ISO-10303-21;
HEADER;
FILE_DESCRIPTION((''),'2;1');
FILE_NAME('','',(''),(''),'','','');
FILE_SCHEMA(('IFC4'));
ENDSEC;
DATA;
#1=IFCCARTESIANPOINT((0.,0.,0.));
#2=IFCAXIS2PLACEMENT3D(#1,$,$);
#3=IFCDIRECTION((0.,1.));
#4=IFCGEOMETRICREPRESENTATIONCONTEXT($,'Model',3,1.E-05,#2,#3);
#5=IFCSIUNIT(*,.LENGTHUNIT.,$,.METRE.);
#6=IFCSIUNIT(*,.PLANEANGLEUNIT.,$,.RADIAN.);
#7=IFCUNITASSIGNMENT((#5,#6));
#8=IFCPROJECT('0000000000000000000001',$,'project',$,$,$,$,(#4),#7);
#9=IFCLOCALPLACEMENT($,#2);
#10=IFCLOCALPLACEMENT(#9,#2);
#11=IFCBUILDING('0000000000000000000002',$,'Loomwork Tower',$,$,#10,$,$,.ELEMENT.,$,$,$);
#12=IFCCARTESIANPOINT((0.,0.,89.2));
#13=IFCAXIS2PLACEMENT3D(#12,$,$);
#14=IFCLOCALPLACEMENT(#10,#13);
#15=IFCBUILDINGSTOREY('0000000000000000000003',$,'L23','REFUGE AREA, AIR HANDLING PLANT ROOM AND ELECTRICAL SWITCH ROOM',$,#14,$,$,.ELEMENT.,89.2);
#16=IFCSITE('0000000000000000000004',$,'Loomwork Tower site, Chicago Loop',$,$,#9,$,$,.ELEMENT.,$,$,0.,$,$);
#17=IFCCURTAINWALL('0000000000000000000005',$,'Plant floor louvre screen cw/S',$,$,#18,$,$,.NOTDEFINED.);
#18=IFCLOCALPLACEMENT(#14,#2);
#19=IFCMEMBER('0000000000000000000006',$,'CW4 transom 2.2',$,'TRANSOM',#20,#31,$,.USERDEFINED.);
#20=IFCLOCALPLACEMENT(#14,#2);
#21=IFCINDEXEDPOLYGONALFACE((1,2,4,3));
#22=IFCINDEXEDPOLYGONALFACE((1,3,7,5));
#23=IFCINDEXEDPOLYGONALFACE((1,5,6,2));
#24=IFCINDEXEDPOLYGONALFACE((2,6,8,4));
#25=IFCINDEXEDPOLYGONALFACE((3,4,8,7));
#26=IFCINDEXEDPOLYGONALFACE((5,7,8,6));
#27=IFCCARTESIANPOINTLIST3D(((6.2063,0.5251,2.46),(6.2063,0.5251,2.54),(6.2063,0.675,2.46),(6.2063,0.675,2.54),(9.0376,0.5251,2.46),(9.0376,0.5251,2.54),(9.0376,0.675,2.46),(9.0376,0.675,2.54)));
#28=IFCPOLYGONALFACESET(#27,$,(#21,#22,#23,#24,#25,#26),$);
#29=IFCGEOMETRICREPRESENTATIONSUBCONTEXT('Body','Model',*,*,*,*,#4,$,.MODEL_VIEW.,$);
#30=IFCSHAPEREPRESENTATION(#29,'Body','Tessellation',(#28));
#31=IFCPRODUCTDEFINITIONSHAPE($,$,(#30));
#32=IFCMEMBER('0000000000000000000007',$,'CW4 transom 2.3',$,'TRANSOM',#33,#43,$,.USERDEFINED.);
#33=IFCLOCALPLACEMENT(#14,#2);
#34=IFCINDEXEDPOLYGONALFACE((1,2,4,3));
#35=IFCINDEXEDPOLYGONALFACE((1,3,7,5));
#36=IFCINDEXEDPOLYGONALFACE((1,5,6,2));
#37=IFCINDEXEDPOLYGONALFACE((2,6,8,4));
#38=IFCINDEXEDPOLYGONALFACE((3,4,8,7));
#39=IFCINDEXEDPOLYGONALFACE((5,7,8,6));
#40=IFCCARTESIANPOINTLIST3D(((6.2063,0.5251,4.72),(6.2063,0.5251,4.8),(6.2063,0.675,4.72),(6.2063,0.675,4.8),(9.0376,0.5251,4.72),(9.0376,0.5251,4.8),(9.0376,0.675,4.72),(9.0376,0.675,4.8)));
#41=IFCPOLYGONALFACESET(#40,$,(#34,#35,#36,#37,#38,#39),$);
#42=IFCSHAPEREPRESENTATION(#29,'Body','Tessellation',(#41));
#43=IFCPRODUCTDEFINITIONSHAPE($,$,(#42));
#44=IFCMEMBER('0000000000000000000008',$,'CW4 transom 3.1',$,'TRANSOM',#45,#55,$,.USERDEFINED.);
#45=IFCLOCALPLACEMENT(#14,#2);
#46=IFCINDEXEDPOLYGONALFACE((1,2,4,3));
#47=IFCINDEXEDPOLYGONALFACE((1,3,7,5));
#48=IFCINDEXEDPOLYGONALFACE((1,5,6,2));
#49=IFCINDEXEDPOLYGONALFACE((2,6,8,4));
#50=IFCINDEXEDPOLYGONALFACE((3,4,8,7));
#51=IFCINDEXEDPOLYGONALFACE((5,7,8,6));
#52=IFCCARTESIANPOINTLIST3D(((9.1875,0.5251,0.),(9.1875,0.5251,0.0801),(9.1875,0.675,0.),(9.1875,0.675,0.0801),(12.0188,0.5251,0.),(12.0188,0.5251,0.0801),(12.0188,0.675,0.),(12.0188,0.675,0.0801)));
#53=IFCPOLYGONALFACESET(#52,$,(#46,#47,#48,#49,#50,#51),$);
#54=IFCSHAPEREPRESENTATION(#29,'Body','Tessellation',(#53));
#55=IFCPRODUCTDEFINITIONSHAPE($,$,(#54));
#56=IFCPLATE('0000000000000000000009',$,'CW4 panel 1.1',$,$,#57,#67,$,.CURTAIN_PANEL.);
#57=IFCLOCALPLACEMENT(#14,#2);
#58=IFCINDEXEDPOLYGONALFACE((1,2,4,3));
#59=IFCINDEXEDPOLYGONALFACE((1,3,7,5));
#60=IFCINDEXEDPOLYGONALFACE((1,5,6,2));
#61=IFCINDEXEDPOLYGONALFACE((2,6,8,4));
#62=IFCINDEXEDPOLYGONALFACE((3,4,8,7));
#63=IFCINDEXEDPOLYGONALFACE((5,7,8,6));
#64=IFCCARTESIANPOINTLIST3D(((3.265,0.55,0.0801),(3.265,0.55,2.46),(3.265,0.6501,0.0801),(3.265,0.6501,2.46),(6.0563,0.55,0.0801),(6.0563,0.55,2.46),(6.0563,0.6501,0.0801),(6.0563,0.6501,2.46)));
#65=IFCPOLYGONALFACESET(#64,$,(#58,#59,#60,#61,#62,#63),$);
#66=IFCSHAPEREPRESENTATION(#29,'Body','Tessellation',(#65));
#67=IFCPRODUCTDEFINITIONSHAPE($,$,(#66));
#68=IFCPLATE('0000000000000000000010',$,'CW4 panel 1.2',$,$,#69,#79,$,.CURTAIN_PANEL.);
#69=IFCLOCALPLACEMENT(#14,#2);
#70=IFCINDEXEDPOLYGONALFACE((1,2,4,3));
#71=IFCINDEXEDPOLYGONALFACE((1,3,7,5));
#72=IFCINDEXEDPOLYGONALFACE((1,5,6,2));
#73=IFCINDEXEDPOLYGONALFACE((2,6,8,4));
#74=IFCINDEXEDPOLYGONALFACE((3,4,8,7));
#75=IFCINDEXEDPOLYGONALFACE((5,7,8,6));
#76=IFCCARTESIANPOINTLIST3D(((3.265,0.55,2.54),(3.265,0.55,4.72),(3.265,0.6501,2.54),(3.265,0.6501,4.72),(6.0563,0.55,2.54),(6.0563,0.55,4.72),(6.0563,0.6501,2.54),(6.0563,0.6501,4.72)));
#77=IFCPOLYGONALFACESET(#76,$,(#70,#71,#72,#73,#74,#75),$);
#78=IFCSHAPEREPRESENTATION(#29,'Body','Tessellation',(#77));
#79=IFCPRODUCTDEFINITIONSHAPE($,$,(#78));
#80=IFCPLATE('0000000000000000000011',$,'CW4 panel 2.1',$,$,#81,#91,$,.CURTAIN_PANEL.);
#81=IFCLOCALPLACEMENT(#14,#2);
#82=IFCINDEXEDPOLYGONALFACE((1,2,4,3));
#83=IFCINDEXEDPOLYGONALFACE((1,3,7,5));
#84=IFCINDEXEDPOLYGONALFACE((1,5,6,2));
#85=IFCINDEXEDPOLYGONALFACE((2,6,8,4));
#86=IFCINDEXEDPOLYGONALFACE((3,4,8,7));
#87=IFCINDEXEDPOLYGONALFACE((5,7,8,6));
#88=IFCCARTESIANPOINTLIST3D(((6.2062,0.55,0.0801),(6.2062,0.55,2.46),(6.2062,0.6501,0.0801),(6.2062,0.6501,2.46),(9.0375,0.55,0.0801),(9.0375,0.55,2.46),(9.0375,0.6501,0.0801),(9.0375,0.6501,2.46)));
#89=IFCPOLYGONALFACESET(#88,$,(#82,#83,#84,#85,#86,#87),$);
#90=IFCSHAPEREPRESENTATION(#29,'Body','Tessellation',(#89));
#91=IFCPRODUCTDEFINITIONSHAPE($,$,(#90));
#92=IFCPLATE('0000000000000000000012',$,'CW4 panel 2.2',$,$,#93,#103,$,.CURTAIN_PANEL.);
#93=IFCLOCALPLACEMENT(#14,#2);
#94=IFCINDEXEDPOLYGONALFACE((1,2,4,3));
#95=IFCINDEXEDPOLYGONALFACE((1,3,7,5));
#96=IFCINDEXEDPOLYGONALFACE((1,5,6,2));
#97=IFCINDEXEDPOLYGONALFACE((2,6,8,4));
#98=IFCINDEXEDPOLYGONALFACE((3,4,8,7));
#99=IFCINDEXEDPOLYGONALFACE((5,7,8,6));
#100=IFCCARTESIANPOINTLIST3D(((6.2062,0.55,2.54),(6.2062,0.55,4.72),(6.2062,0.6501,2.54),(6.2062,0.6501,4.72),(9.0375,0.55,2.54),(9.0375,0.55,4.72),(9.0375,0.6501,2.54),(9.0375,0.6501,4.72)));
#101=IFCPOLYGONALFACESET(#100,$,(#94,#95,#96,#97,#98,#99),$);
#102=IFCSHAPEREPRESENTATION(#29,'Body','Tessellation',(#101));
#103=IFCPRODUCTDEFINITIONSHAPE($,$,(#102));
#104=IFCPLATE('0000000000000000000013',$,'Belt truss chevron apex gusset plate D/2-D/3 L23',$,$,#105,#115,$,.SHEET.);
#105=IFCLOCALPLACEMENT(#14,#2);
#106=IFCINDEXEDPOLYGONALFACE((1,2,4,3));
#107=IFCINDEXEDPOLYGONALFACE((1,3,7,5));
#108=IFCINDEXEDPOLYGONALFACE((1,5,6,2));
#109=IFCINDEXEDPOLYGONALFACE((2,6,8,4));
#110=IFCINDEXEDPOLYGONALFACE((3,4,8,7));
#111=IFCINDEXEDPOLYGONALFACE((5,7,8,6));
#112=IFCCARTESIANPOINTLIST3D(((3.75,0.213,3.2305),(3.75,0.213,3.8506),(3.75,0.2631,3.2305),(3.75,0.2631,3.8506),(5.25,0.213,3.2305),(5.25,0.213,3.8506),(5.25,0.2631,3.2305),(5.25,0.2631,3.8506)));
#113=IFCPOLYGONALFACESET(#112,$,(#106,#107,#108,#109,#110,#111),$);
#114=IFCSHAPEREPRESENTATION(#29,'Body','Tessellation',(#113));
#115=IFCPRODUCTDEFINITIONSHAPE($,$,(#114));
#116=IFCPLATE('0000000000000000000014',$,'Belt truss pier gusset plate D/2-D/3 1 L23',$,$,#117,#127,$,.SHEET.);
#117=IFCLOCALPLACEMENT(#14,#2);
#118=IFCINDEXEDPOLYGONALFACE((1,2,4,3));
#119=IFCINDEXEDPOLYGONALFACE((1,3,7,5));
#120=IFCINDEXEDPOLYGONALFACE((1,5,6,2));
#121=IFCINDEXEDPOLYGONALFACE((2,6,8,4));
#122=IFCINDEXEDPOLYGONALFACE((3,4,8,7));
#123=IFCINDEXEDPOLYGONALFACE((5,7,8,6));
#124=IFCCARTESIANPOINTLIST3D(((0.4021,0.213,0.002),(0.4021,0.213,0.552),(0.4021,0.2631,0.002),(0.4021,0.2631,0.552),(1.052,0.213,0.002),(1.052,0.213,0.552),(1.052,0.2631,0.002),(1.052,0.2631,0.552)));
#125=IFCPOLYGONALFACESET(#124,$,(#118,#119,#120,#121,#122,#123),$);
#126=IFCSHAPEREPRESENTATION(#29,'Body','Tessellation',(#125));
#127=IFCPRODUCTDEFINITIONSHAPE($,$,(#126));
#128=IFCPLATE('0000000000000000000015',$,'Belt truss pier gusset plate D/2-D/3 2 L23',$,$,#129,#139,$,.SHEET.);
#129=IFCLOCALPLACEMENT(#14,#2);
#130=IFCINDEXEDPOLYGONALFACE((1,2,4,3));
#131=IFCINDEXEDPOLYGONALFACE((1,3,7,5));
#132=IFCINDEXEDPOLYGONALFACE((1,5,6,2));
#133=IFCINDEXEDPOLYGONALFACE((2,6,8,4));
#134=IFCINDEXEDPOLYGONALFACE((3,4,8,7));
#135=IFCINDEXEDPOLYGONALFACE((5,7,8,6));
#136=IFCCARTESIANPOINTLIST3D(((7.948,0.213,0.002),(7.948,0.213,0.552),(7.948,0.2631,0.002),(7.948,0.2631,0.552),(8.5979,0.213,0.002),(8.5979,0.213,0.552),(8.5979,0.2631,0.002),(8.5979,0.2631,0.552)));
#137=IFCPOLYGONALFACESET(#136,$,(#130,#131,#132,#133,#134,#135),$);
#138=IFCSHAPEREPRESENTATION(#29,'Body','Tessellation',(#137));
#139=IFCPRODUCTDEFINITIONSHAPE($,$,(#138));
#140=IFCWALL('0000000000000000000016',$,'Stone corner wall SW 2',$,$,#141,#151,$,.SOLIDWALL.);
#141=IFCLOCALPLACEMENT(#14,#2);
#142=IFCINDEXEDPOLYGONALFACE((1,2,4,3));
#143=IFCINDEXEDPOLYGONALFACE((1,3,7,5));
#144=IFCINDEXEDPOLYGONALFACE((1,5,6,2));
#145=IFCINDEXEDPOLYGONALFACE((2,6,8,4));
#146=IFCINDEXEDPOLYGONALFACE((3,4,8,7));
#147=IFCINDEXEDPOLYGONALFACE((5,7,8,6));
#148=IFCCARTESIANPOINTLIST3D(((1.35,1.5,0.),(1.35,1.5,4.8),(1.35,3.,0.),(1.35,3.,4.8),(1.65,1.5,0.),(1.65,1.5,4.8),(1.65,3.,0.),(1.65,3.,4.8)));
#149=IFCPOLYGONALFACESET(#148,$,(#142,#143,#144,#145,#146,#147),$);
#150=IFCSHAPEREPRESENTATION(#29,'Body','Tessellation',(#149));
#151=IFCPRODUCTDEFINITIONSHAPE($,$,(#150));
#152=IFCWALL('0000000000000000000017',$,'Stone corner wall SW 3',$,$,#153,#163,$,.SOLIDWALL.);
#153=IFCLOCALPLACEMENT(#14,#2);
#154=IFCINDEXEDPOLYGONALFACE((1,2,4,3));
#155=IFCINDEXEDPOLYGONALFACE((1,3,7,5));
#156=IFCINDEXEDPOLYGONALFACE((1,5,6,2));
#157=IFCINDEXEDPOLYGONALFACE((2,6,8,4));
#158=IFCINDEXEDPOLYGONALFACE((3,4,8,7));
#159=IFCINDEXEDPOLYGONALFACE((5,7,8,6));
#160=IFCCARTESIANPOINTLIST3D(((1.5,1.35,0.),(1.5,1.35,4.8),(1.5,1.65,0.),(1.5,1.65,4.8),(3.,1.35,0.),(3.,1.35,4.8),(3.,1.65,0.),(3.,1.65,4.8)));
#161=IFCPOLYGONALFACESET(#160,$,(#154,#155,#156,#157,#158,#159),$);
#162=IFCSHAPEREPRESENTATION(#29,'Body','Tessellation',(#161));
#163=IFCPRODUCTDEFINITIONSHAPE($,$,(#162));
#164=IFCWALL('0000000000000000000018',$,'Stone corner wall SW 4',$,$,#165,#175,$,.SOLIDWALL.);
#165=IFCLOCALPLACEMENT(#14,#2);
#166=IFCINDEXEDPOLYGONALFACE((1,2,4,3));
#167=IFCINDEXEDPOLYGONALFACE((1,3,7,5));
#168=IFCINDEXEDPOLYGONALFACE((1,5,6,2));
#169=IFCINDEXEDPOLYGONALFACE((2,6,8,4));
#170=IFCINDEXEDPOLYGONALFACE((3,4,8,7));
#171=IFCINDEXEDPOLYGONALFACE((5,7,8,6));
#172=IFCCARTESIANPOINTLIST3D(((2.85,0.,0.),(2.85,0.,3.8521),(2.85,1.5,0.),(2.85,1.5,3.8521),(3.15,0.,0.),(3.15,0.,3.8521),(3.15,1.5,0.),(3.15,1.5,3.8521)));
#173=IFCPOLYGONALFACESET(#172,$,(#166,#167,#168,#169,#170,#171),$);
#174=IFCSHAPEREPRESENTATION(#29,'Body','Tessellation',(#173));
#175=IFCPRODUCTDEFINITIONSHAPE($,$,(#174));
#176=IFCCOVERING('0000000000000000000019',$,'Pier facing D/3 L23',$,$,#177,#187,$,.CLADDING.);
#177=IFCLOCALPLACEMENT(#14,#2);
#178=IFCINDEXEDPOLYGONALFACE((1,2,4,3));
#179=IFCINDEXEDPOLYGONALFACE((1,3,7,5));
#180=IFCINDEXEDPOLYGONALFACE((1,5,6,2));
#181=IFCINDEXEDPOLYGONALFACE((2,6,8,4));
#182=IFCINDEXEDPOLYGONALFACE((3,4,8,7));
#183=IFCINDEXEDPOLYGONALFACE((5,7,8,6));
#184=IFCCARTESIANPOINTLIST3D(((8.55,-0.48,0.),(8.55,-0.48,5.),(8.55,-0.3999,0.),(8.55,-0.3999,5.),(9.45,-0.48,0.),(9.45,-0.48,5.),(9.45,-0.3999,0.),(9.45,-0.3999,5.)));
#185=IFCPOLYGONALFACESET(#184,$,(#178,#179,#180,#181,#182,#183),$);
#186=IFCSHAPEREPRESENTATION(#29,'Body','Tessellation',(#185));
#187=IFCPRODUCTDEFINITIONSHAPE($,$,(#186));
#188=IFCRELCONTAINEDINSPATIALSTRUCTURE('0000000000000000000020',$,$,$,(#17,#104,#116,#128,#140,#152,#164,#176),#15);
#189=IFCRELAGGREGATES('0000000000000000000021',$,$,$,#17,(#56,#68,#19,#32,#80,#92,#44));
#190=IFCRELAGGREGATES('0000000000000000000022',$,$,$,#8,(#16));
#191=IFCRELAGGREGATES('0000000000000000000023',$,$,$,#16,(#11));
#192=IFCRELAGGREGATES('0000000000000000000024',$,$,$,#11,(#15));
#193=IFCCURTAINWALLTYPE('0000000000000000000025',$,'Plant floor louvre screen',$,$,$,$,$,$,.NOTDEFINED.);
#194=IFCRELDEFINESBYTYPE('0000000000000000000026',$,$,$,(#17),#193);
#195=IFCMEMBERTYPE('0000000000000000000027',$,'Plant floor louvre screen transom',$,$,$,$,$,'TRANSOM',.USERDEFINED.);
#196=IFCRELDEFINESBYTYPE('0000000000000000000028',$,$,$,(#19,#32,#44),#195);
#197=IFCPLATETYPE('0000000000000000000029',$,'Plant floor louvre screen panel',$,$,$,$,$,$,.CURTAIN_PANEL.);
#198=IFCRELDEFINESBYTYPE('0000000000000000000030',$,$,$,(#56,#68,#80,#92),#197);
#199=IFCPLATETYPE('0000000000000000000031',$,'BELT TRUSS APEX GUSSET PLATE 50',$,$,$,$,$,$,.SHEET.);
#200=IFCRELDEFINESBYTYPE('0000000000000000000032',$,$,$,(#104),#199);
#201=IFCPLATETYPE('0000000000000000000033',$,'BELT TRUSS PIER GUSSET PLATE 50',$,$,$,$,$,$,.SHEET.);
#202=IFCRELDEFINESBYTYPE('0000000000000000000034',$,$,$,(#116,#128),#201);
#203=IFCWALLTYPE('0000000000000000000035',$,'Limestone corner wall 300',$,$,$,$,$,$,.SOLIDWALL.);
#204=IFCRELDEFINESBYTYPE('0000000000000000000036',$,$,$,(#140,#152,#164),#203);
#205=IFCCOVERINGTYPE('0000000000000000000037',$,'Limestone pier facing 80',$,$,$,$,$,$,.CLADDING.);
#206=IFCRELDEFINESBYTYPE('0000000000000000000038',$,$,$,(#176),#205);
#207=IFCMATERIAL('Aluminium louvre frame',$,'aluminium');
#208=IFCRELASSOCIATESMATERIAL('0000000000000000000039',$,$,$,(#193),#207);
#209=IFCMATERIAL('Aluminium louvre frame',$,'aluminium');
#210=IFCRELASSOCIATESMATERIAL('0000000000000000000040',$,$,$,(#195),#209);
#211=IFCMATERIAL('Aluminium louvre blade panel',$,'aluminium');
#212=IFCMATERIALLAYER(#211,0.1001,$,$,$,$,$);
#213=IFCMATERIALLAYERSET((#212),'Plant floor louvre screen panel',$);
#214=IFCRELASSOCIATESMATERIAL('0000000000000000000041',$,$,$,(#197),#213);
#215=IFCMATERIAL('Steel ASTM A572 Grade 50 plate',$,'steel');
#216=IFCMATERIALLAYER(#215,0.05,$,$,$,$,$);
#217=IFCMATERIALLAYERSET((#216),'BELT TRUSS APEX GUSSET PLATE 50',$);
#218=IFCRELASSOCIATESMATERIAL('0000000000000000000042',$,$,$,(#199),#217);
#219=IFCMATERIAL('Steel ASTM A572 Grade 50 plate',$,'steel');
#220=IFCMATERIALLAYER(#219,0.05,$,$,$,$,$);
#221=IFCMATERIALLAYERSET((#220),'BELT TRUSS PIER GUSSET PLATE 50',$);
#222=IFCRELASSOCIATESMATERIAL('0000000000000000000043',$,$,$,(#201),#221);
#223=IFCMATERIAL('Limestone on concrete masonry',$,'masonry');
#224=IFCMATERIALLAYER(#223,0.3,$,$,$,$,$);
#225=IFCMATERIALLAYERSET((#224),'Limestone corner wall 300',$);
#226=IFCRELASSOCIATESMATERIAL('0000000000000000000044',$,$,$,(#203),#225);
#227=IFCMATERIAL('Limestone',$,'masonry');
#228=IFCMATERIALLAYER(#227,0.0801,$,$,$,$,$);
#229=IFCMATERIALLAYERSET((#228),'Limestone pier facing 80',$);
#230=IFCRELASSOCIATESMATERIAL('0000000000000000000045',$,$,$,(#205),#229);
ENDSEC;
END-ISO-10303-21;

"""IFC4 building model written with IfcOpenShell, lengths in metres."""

from ifc_helpers import new_model, si_unit, direction, frame, frame_2d, origin, origin_2d, place, context, subcontext, project, spatial, rectangle, extrude, material, layer, layer_set, material_profile, profile_set, type_object, element, aggregate, save


model = new_model("IFC4")

# Units and contexts
model_context = context("Model", 3, precision=1e-05, world=origin(), true_north=direction((0.0, 1.0)))
body_context = subcontext(model_context, "Body", "Model", "MODEL_VIEW")
ifc_project = project(units=[si_unit("LENGTHUNIT", "METRE"), si_unit("PLANEANGLEUNIT", "RADIAN")], contexts=[model_context])

# Site, building, storey
site_placement = place(None, origin())
site = spatial("IfcSite", under=ifc_project, at=site_placement, Name="Loomwork Tower site, Chicago Loop", CompositionType="ELEMENT", RefElevation=0.0)
building_placement = place(site_placement, origin())
building = spatial("IfcBuilding", under=site, at=building_placement, Name="Loomwork Tower", CompositionType="ELEMENT")
storey_placement = place(building_placement, frame((0.0, 0.0, 89.2)))
storey = spatial("IfcBuildingStorey", under=building, at=storey_placement, Name="L23", Description="REFUGE AREA, AIR HANDLING PLANT ROOM AND ELECTRICAL SWITCH ROOM", CompositionType="ELEMENT", Elevation=89.2)

# Curtain wall, members, plates
ifc_material_1 = material(Name="Aluminium louvre frame", Category="aluminium")
curtain_wall_type = type_object("IfcCurtainWallType", Name="Plant floor louvre screen", PredefinedType="NOTDEFINED", material=ifc_material_1)
curtain_wall_placement = place(storey_placement, origin())
curtain_wall = element("IfcCurtainWall", 1, at=curtain_wall_placement, inside=storey, type_object=curtain_wall_type, Name="Plant floor louvre screen cw/S", PredefinedType="NOTDEFINED")
ifc_material_2 = material(Name="Aluminium louvre frame", Category="aluminium")
ifc_material_profile_1 = material_profile(ifc_material_2, rectangle(XDim=0.1499, YDim=0.0801, at=origin_2d()), Name="AL 80x150")
ifc_profile_set_1 = profile_set([ifc_material_profile_1], Name="Aluminium louvre frame")
member_type_1 = type_object("IfcMemberType", Name="Plant floor louvre screen transom", ElementType="TRANSOM", PredefinedType="USERDEFINED", material=ifc_profile_set_1)
member_1_placement = place(storey_placement, frame((6.2063, 0.6001, 2.5), z_axis=(1.0, 0.0, 0.0), x_axis=(0.0, 1.0, 0.0)))
member_1 = element("IfcMember", 2, at=member_1_placement, type_object=member_type_1, Name="CW4 transom 2.2", ObjectType="TRANSOM", PredefinedType="USERDEFINED", context=body_context, shape_type="SweptSolid", body=[
    extrude(rectangle(XDim=0.1499, YDim=0.0801, at=origin_2d()), origin(), (0.0, 0.0, 1.0), 2.8313),
])
member_2_placement = place(storey_placement, frame((6.2063, 0.6001, 4.76), z_axis=(1.0, 0.0, 0.0), x_axis=(0.0, 1.0, 0.0)))
member_2 = element("IfcMember", 3, at=member_2_placement, type_object=member_type_1, Name="CW4 transom 2.3", ObjectType="TRANSOM", PredefinedType="USERDEFINED", context=body_context, shape_type="SweptSolid", body=[
    extrude(rectangle(XDim=0.1499, YDim=0.0801, at=origin_2d()), origin(), (0.0, 0.0, 1.0), 2.8313),
])
member_3_placement = place(storey_placement, frame((9.1875, 0.6001, 0.04), z_axis=(1.0, 0.0, 0.0), x_axis=(0.0, 1.0, 0.0)))
member_3 = element("IfcMember", 4, at=member_3_placement, type_object=member_type_1, Name="CW4 transom 3.1", ObjectType="TRANSOM", PredefinedType="USERDEFINED", context=body_context, shape_type="SweptSolid", body=[
    extrude(rectangle(XDim=0.1499, YDim=0.0801, at=origin_2d()), origin(), (0.0, 0.0, 1.0), 2.8313),
])
ifc_material_3 = material(Name="Aluminium louvre blade panel", Category="aluminium")
ifc_layer_1 = layer(ifc_material_3, 0.1001)
ifc_layer_set_1 = layer_set([ifc_layer_1], Name="Plant floor louvre screen panel")
plate_type_1 = type_object("IfcPlateType", Name="Plant floor louvre screen panel", PredefinedType="CURTAIN_PANEL", material=ifc_layer_set_1)
plate_1_placement = place(storey_placement, frame((4.6606, 0.6001, 0.0801), z_axis=(0.0, 0.0, 1.0), x_axis=(1.0, 0.0, 0.0)))
plate_1 = element("IfcPlate", 5, at=plate_1_placement, type_object=plate_type_1, Name="CW4 panel 1.1", PredefinedType="CURTAIN_PANEL", context=body_context, shape_type="SweptSolid", body=[
    extrude(rectangle(XDim=2.7913, YDim=0.1001, at=origin_2d()), origin(), (0.0, 0.0, 1.0), 2.3799),
])
plate_2_placement = place(storey_placement, frame((4.6606, 0.6001, 2.54), z_axis=(0.0, 0.0, 1.0), x_axis=(1.0, 0.0, 0.0)))
plate_2 = element("IfcPlate", 6, at=plate_2_placement, type_object=plate_type_1, Name="CW4 panel 1.2", PredefinedType="CURTAIN_PANEL", context=body_context, shape_type="SweptSolid", body=[
    extrude(rectangle(XDim=2.7913, YDim=0.1001, at=origin_2d()), origin(), (0.0, 0.0, 1.0), 2.1799),
])
plate_3_placement = place(storey_placement, frame((7.6218, 0.6001, 0.0801), z_axis=(0.0, 0.0, 1.0), x_axis=(1.0, 0.0, 0.0)))
plate_3 = element("IfcPlate", 7, at=plate_3_placement, type_object=plate_type_1, Name="CW4 panel 2.1", PredefinedType="CURTAIN_PANEL", context=body_context, shape_type="SweptSolid", body=[
    extrude(rectangle(XDim=2.8313, YDim=0.1001, at=origin_2d()), origin(), (0.0, 0.0, 1.0), 2.3799),
])
plate_4_placement = place(storey_placement, frame((7.6218, 0.6001, 2.54), z_axis=(0.0, 0.0, 1.0), x_axis=(1.0, 0.0, 0.0)))
plate_4 = element("IfcPlate", 8, at=plate_4_placement, type_object=plate_type_1, Name="CW4 panel 2.2", PredefinedType="CURTAIN_PANEL", context=body_context, shape_type="SweptSolid", body=[
    extrude(rectangle(XDim=2.8313, YDim=0.1001, at=origin_2d()), origin(), (0.0, 0.0, 1.0), 2.1799),
])
aggregate(curtain_wall, [plate_1, plate_2, member_1, member_2, plate_3, plate_4, member_3])

# Plates
ifc_material_4 = material(Name="Steel ASTM A572 Grade 50 plate", Category="steel")
ifc_layer_2 = layer(ifc_material_4, 0.05)
ifc_layer_set_2 = layer_set([ifc_layer_2], Name="BELT TRUSS APEX GUSSET PLATE 50")
plate_type_2 = type_object("IfcPlateType", Name="BELT TRUSS APEX GUSSET PLATE 50", PredefinedType="SHEET", material=ifc_layer_set_2)
plate_5_placement = place(storey_placement, frame((4.5, 0.238, 3.2305), z_axis=(0.0, 0.0, 1.0), x_axis=(1.0, 0.0, 0.0)))
element("IfcPlate", 9, at=plate_5_placement, inside=storey, type_object=plate_type_2, Name="Belt truss chevron apex gusset plate D/2-D/3 L23", PredefinedType="SHEET", context=body_context, shape_type="SweptSolid", body=[
    extrude(rectangle(XDim=1.5, YDim=0.05, at=origin_2d()), origin(), (0.0, 0.0, 1.0), 0.6201),
])
ifc_material_5 = material(Name="Steel ASTM A572 Grade 50 plate", Category="steel")
ifc_layer_3 = layer(ifc_material_5, 0.05)
ifc_layer_set_3 = layer_set([ifc_layer_3], Name="BELT TRUSS PIER GUSSET PLATE 50")
plate_type_3 = type_object("IfcPlateType", Name="BELT TRUSS PIER GUSSET PLATE 50", PredefinedType="SHEET", material=ifc_layer_set_3)
for number, where, z_axis, x_axis, name in (
    (10, (0.7271, 0.238, 0.002), (0.0, 0.0, 1.0), (1.0, 0.0, 0.0), "Belt truss pier gusset plate D/2-D/3 1 L23"),
    (11, (8.2729, 0.238, 0.002), (0.0, 0.0, 1.0), (1.0, 0.0, 0.0), "Belt truss pier gusset plate D/2-D/3 2 L23"),
):
    element("IfcPlate", number, at=place(storey_placement, frame(where, z_axis=z_axis, x_axis=x_axis)), inside=storey, type_object=plate_type_3, Name=name, PredefinedType="SHEET", context=body_context, shape_type="SweptSolid", body=[
        extrude(rectangle(XDim=0.6499, YDim=0.05, at=origin_2d()), origin(), (0.0, 0.0, 1.0), 0.55),
    ])

# Walls
ifc_material_6 = material(Name="Limestone on concrete masonry", Category="masonry")
ifc_layer_4 = layer(ifc_material_6, 0.3)
ifc_layer_set_4 = layer_set([ifc_layer_4], Name="Limestone corner wall 300")
wall_type = type_object("IfcWallType", Name="Limestone corner wall 300", PredefinedType="SOLIDWALL", material=ifc_layer_set_4)
for number, where, z_axis, x_axis, name in (
    (12, (1.5, 3.0, 0.0), (0.0, 0.0, 1.0), (0.0, -1.0, 0.0), "Stone corner wall SW 2"),
    (13, (1.5, 1.5, 0.0), (0.0, 0.0, 1.0), (1.0, 0.0, 0.0), "Stone corner wall SW 3"),
):
    element("IfcWall", number, at=place(storey_placement, frame(where, z_axis=z_axis, x_axis=x_axis)), inside=storey, type_object=wall_type, Name=name, PredefinedType="SOLIDWALL", context=body_context, shape_type="SweptSolid", body=[
        extrude(rectangle(XDim=1.5, YDim=0.3, at=frame_2d((0.75, 0.0))), origin(), (0.0, 0.0, 1.0), 4.8),
    ])
wall_placement = place(storey_placement, frame((3.0, 1.5, 0.0), z_axis=(0.0, 0.0, 1.0), x_axis=(0.0, -1.0, 0.0)))
element("IfcWall", 14, at=wall_placement, inside=storey, type_object=wall_type, Name="Stone corner wall SW 4", PredefinedType="SOLIDWALL", context=body_context, shape_type="SweptSolid", body=[
    extrude(rectangle(XDim=1.5, YDim=0.3, at=frame_2d((0.75, 0.0))), origin(), (0.0, 0.0, 1.0), 3.8521),
])

# Covering
ifc_material_7 = material(Name="Limestone", Category="masonry")
ifc_layer_5 = layer(ifc_material_7, 0.0801)
ifc_layer_set_5 = layer_set([ifc_layer_5], Name="Limestone pier facing 80")
covering_type = type_object("IfcCoveringType", Name="Limestone pier facing 80", PredefinedType="CLADDING", material=ifc_layer_set_5)
covering_placement = place(storey_placement, frame((9.0, -0.4399, 0.0), z_axis=(0.0, 0.0, 1.0), x_axis=(1.0, 0.0, 0.0)))
element("IfcCovering", 15, at=covering_placement, inside=storey, type_object=covering_type, Name="Pier facing D/3 L23", PredefinedType="CLADDING", context=body_context, shape_type="SweptSolid", body=[
    extrude(rectangle(XDim=0.8999, YDim=0.0801, at=origin_2d()), origin(), (0.0, 0.0, 1.0), 5.0),
])

save(model, "model.ifc")
